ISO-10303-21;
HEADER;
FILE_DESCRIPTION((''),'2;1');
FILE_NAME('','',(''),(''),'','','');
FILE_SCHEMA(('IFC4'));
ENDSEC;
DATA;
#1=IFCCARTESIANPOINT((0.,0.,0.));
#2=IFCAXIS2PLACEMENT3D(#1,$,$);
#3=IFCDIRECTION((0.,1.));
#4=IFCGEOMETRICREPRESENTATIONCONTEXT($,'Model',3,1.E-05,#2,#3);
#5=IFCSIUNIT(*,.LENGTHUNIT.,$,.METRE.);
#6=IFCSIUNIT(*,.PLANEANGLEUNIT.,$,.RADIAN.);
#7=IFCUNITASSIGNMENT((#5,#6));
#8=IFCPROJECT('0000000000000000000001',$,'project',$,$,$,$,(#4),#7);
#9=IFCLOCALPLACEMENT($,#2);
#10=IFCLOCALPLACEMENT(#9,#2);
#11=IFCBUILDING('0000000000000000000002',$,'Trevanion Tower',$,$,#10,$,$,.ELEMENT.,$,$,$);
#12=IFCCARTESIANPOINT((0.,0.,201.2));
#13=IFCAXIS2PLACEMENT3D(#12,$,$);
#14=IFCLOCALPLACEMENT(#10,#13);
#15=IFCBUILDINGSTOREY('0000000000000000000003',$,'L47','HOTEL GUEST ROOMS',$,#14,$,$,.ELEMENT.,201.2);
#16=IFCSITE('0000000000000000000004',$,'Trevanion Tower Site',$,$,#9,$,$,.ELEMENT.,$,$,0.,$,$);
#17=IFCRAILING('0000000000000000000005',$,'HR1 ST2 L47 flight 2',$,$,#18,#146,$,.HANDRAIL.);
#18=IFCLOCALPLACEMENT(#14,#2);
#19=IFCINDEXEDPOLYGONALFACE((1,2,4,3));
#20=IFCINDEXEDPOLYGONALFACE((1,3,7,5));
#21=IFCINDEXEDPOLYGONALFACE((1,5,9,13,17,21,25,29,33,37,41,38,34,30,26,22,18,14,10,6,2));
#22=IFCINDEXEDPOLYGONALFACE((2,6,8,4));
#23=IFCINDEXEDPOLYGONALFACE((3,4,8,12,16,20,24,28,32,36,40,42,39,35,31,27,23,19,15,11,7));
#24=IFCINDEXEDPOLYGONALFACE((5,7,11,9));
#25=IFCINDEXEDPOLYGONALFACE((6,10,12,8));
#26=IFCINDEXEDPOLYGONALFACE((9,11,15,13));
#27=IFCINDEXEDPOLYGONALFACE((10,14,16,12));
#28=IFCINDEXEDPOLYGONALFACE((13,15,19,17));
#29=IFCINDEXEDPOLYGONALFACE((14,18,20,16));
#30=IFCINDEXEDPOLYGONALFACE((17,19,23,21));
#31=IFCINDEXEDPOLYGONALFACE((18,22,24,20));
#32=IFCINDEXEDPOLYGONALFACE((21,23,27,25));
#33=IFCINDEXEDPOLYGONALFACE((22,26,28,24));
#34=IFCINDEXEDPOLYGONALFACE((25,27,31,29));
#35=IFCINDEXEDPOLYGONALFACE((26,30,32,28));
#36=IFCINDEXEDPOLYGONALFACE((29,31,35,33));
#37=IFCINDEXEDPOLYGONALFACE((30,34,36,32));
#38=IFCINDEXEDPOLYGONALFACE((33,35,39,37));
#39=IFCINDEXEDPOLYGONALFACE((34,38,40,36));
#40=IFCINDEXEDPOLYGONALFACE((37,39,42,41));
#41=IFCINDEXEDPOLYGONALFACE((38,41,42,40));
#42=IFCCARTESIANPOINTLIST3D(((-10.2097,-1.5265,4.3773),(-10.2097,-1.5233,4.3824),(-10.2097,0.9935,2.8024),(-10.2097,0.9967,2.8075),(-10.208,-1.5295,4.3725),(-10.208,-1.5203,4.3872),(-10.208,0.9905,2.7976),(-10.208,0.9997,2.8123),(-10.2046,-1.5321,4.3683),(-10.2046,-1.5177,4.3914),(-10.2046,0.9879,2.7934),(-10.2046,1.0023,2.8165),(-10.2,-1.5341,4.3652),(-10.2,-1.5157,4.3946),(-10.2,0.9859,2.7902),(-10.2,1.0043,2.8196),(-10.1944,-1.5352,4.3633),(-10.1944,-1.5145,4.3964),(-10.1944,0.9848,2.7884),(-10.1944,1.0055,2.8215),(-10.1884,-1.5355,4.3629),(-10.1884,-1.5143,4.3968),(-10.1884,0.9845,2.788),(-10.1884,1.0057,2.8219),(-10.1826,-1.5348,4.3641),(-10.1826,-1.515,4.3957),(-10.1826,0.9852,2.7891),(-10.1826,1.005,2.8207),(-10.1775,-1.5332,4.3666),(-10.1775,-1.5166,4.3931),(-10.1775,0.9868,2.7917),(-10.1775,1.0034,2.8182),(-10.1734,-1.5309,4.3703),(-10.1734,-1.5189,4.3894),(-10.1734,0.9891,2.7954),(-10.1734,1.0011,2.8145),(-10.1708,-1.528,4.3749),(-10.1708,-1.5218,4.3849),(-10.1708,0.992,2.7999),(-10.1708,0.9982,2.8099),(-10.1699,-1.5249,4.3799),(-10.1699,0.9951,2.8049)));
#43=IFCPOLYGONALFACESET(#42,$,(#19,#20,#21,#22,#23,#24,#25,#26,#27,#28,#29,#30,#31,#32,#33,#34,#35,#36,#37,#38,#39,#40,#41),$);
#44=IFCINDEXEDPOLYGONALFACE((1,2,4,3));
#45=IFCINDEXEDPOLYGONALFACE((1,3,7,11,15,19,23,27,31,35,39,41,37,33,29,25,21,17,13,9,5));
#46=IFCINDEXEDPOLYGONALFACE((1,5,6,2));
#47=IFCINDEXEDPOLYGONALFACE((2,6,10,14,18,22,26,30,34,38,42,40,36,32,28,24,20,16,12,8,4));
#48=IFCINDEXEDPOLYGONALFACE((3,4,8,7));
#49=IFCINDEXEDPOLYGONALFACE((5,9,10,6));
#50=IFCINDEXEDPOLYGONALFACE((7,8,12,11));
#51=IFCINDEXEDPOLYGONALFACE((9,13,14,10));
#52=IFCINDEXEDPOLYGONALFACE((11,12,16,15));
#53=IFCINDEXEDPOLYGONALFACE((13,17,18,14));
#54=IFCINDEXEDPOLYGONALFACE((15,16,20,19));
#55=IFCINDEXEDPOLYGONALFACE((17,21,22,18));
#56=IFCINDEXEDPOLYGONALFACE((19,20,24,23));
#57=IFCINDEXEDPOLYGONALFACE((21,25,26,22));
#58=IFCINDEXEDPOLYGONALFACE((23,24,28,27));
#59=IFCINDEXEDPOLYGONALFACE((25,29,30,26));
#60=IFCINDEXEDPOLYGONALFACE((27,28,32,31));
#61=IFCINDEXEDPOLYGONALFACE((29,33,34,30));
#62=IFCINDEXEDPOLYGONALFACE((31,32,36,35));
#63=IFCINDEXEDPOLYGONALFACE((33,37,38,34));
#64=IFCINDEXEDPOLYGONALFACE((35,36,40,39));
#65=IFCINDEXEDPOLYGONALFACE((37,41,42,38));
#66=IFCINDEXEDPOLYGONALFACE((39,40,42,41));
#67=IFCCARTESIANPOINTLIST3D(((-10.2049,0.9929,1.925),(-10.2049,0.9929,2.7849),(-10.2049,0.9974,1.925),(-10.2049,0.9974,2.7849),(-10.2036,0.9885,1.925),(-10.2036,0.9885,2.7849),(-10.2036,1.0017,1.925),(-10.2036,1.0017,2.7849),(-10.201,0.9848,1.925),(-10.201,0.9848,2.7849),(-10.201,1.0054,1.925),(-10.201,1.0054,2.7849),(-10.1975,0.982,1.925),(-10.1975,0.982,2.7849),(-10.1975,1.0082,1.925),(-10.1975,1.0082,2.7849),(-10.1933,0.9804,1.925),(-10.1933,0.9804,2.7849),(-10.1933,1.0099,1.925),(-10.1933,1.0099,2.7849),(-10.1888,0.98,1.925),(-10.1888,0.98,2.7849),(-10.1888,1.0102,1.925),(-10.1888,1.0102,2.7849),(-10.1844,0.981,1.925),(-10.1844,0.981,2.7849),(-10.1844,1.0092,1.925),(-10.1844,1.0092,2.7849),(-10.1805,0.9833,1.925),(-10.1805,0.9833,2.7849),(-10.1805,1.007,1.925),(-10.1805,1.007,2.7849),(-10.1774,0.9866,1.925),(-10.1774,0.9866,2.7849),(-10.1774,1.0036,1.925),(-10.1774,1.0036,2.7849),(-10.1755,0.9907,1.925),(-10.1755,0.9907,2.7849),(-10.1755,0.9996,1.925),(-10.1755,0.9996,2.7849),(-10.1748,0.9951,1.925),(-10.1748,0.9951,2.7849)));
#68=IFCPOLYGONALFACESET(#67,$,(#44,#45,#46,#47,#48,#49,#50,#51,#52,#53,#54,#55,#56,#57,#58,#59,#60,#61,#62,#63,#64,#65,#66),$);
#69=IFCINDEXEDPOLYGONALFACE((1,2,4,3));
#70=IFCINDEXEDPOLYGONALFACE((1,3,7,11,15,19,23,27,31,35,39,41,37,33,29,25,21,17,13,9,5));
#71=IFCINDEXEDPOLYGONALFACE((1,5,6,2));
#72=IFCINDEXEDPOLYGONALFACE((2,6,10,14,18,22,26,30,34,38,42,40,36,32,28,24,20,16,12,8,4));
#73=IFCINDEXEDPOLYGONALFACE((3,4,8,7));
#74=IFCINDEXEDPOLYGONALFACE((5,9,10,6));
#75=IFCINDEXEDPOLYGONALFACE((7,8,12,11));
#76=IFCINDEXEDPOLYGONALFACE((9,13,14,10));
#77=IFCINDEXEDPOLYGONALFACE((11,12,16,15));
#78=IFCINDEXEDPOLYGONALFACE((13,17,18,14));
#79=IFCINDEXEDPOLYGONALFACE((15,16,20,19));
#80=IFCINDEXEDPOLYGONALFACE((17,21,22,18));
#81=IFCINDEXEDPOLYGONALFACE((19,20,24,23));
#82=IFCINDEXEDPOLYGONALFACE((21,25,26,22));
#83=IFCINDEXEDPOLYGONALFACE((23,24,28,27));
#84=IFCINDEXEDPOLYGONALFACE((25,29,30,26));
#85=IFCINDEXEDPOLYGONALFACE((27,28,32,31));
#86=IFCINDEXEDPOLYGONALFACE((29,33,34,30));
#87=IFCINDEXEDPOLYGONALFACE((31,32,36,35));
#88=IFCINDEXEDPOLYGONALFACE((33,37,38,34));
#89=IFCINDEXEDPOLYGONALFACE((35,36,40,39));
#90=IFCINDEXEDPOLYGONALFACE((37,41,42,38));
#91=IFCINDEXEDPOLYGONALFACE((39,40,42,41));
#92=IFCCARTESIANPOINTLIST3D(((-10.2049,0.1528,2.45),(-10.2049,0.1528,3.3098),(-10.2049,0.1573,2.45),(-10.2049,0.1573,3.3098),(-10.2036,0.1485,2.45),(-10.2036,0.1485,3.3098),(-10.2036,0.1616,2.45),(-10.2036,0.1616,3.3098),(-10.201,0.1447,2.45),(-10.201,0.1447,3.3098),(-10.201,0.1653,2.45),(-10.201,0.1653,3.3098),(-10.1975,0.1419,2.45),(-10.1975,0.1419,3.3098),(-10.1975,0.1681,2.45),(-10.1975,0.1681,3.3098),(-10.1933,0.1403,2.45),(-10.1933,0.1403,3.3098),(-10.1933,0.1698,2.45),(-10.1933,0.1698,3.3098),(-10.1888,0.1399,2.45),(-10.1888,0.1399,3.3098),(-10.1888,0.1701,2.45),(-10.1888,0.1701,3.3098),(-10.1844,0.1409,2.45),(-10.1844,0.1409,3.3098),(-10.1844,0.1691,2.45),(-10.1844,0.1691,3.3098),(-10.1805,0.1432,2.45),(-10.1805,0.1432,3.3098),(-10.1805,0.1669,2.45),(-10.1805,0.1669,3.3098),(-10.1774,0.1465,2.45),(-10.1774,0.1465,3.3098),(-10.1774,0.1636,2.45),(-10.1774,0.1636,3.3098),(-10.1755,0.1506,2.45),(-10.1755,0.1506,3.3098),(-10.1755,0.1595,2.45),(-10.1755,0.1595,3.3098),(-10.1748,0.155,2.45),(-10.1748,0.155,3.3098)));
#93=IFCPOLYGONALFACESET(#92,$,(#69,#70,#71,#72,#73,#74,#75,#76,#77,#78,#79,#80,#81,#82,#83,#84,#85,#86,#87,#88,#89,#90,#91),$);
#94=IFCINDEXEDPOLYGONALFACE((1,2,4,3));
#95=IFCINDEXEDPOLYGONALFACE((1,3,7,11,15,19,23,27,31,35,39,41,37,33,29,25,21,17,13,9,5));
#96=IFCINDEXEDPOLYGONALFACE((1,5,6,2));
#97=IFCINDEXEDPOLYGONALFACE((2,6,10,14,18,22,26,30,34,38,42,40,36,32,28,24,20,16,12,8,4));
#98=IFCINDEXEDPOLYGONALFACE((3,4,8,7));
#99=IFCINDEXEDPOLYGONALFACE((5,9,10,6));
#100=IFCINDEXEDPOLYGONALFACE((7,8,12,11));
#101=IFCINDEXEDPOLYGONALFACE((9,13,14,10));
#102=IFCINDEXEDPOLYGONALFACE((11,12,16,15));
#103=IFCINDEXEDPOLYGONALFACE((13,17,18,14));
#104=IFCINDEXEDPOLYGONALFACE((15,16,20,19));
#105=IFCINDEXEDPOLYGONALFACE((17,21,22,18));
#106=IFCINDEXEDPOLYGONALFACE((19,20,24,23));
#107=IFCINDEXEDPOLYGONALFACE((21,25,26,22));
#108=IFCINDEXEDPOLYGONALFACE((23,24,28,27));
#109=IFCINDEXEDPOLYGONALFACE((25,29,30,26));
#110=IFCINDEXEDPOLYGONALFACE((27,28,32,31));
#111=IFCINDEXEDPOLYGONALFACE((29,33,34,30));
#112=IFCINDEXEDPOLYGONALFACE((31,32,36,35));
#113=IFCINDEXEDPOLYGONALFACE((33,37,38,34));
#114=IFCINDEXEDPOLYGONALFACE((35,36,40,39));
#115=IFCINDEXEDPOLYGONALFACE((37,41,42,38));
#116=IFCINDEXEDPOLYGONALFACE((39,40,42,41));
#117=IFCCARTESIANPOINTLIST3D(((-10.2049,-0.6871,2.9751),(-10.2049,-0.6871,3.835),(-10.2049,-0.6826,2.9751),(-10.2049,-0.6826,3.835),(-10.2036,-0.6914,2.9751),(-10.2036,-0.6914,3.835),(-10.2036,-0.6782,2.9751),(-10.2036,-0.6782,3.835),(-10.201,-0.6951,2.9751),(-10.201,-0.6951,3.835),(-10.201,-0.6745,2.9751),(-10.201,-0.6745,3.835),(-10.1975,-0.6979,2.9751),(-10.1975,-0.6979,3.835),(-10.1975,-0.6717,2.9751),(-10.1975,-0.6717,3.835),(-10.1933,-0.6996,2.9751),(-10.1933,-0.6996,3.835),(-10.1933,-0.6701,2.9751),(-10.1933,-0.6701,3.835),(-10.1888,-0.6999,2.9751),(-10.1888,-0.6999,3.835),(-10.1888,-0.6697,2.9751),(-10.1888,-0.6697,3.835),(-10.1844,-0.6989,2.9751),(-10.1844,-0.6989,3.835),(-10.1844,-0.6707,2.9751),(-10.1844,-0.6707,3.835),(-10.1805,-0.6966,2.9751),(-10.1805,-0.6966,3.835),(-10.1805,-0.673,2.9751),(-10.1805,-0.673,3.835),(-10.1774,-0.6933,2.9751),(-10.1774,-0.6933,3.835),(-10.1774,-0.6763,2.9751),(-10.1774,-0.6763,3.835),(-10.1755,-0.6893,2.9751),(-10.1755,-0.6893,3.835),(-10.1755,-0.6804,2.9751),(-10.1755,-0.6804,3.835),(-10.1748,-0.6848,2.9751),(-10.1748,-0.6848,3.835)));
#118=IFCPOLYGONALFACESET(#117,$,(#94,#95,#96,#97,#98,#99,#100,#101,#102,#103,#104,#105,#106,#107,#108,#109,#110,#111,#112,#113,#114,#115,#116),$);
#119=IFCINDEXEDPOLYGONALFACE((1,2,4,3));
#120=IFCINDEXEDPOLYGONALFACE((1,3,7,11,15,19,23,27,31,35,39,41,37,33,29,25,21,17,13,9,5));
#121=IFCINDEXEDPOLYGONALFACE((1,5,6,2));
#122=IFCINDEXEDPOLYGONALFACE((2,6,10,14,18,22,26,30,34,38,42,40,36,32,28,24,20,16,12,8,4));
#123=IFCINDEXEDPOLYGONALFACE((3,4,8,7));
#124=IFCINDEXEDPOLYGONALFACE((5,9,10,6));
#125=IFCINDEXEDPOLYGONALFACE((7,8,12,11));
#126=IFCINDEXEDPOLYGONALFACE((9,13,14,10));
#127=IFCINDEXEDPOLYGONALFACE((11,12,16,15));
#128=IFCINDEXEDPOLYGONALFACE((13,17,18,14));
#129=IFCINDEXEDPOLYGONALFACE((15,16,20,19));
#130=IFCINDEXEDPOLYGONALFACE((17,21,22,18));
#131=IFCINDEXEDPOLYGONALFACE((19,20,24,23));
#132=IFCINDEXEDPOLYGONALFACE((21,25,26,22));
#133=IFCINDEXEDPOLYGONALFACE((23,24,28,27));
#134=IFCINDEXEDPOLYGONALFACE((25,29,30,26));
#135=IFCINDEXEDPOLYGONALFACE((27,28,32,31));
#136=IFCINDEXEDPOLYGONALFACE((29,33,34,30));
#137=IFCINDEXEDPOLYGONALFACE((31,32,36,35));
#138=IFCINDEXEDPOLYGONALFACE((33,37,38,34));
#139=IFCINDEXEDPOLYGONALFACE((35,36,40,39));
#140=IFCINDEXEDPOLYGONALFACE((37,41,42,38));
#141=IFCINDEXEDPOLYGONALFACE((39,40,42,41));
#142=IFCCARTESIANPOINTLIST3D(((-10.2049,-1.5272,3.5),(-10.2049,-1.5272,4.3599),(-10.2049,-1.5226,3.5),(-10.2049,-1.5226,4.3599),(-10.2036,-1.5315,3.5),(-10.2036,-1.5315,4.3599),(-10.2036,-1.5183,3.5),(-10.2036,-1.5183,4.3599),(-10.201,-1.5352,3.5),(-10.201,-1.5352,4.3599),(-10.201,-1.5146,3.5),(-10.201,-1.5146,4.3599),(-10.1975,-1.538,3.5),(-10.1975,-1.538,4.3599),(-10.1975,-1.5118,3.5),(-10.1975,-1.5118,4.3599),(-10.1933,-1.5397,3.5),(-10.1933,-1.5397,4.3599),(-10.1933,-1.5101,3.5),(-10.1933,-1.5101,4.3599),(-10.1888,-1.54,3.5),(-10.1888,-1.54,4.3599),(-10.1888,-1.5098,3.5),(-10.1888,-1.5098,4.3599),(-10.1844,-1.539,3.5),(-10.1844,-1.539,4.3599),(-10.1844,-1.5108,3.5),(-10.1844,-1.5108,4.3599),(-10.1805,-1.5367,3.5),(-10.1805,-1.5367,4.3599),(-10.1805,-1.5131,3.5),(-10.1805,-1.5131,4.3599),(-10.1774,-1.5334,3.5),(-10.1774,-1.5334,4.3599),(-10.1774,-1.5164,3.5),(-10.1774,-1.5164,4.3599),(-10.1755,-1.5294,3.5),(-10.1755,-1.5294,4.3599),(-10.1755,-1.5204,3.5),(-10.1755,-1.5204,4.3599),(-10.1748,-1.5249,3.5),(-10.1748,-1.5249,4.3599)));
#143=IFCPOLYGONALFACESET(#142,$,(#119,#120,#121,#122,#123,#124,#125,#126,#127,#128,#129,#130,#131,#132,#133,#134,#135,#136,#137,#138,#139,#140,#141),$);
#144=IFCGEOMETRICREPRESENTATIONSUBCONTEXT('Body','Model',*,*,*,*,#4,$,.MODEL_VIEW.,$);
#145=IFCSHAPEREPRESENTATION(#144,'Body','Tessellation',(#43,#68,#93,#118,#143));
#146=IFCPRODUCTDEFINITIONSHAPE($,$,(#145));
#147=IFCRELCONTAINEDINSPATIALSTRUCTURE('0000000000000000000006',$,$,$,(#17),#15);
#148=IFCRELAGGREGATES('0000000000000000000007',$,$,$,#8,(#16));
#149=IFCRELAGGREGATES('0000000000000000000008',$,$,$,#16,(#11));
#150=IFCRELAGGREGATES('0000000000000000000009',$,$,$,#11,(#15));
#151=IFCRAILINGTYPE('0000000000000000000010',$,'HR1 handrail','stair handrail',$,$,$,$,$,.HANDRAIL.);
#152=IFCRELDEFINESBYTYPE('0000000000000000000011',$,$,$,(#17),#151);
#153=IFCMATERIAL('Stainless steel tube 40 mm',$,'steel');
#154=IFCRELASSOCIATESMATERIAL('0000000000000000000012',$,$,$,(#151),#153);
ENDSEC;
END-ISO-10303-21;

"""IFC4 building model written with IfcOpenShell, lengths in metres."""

from ifc_helpers import new_model, si_unit, direction, frame, origin, origin_2d, place, context, subcontext, project, spatial, circle, extrude, material, type_object, element, save


model = new_model("IFC4")

# Units and contexts
model_context = context("Model", 3, precision=1e-05, world=origin(), true_north=direction((0.0, 1.0)))
body_context = subcontext(model_context, "Body", "Model", "MODEL_VIEW")
ifc_project = project(units=[si_unit("LENGTHUNIT", "METRE"), si_unit("PLANEANGLEUNIT", "RADIAN")], contexts=[model_context])

# Site, building, storey
site_placement = place(None, origin())
site = spatial("IfcSite", under=ifc_project, at=site_placement, Name="Trevanion Tower Site", CompositionType="ELEMENT", RefElevation=0.0)
building_placement = place(site_placement, origin())
building = spatial("IfcBuilding", under=site, at=building_placement, Name="Trevanion Tower", CompositionType="ELEMENT")
storey_placement = place(building_placement, frame((0.0, 0.0, 201.2)))
storey = spatial("IfcBuildingStorey", under=building, at=storey_placement, Name="L47", Description="HOTEL GUEST ROOMS", CompositionType="ELEMENT", Elevation=201.2)

# Railing
ifc_material_1 = material(Name="Stainless steel tube 40 mm", Category="steel")
railing_type = type_object("IfcRailingType", Name="HR1 handrail", Description="stair handrail", PredefinedType="HANDRAIL", material=ifc_material_1)
for number, where, name in (
    (1, (-10.1899, 0.9951, 1.925), "HR1 ST2 L47 flight 2"),
):
    element("IfcRailing", number, at=place(storey_placement, frame(where)), inside=storey, type_object=railing_type, Name=name, PredefinedType="HANDRAIL", context=body_context, shape_type="SweptSolid", body=[
        extrude(circle(Radius=0.02, at=origin_2d()), frame((0.0, 0.0, 0.8799), z_axis=(0.0, -0.848008, 0.529984), x_axis=(1.0, 0.0, 0.0)), (0.0, 0.0, 1.0), 2.9717),
        extrude(circle(Radius=0.0151, at=origin_2d()), origin(), (0.0, 0.0, 1.0), 0.8599),
        extrude(circle(Radius=0.0151, at=origin_2d()), frame((0.0, -0.8401, 0.5249)), (0.0, 0.0, 1.0), 0.8599),
        extrude(circle(Radius=0.0151, at=origin_2d()), frame((0.0, -1.6799, 1.05)), (0.0, 0.0, 1.0), 0.8599),
        extrude(circle(Radius=0.0151, at=origin_2d()), frame((0.0, -2.52, 1.575)), (0.0, 0.0, 1.0), 0.8599),
    ])

save(model, "model.ifc")
